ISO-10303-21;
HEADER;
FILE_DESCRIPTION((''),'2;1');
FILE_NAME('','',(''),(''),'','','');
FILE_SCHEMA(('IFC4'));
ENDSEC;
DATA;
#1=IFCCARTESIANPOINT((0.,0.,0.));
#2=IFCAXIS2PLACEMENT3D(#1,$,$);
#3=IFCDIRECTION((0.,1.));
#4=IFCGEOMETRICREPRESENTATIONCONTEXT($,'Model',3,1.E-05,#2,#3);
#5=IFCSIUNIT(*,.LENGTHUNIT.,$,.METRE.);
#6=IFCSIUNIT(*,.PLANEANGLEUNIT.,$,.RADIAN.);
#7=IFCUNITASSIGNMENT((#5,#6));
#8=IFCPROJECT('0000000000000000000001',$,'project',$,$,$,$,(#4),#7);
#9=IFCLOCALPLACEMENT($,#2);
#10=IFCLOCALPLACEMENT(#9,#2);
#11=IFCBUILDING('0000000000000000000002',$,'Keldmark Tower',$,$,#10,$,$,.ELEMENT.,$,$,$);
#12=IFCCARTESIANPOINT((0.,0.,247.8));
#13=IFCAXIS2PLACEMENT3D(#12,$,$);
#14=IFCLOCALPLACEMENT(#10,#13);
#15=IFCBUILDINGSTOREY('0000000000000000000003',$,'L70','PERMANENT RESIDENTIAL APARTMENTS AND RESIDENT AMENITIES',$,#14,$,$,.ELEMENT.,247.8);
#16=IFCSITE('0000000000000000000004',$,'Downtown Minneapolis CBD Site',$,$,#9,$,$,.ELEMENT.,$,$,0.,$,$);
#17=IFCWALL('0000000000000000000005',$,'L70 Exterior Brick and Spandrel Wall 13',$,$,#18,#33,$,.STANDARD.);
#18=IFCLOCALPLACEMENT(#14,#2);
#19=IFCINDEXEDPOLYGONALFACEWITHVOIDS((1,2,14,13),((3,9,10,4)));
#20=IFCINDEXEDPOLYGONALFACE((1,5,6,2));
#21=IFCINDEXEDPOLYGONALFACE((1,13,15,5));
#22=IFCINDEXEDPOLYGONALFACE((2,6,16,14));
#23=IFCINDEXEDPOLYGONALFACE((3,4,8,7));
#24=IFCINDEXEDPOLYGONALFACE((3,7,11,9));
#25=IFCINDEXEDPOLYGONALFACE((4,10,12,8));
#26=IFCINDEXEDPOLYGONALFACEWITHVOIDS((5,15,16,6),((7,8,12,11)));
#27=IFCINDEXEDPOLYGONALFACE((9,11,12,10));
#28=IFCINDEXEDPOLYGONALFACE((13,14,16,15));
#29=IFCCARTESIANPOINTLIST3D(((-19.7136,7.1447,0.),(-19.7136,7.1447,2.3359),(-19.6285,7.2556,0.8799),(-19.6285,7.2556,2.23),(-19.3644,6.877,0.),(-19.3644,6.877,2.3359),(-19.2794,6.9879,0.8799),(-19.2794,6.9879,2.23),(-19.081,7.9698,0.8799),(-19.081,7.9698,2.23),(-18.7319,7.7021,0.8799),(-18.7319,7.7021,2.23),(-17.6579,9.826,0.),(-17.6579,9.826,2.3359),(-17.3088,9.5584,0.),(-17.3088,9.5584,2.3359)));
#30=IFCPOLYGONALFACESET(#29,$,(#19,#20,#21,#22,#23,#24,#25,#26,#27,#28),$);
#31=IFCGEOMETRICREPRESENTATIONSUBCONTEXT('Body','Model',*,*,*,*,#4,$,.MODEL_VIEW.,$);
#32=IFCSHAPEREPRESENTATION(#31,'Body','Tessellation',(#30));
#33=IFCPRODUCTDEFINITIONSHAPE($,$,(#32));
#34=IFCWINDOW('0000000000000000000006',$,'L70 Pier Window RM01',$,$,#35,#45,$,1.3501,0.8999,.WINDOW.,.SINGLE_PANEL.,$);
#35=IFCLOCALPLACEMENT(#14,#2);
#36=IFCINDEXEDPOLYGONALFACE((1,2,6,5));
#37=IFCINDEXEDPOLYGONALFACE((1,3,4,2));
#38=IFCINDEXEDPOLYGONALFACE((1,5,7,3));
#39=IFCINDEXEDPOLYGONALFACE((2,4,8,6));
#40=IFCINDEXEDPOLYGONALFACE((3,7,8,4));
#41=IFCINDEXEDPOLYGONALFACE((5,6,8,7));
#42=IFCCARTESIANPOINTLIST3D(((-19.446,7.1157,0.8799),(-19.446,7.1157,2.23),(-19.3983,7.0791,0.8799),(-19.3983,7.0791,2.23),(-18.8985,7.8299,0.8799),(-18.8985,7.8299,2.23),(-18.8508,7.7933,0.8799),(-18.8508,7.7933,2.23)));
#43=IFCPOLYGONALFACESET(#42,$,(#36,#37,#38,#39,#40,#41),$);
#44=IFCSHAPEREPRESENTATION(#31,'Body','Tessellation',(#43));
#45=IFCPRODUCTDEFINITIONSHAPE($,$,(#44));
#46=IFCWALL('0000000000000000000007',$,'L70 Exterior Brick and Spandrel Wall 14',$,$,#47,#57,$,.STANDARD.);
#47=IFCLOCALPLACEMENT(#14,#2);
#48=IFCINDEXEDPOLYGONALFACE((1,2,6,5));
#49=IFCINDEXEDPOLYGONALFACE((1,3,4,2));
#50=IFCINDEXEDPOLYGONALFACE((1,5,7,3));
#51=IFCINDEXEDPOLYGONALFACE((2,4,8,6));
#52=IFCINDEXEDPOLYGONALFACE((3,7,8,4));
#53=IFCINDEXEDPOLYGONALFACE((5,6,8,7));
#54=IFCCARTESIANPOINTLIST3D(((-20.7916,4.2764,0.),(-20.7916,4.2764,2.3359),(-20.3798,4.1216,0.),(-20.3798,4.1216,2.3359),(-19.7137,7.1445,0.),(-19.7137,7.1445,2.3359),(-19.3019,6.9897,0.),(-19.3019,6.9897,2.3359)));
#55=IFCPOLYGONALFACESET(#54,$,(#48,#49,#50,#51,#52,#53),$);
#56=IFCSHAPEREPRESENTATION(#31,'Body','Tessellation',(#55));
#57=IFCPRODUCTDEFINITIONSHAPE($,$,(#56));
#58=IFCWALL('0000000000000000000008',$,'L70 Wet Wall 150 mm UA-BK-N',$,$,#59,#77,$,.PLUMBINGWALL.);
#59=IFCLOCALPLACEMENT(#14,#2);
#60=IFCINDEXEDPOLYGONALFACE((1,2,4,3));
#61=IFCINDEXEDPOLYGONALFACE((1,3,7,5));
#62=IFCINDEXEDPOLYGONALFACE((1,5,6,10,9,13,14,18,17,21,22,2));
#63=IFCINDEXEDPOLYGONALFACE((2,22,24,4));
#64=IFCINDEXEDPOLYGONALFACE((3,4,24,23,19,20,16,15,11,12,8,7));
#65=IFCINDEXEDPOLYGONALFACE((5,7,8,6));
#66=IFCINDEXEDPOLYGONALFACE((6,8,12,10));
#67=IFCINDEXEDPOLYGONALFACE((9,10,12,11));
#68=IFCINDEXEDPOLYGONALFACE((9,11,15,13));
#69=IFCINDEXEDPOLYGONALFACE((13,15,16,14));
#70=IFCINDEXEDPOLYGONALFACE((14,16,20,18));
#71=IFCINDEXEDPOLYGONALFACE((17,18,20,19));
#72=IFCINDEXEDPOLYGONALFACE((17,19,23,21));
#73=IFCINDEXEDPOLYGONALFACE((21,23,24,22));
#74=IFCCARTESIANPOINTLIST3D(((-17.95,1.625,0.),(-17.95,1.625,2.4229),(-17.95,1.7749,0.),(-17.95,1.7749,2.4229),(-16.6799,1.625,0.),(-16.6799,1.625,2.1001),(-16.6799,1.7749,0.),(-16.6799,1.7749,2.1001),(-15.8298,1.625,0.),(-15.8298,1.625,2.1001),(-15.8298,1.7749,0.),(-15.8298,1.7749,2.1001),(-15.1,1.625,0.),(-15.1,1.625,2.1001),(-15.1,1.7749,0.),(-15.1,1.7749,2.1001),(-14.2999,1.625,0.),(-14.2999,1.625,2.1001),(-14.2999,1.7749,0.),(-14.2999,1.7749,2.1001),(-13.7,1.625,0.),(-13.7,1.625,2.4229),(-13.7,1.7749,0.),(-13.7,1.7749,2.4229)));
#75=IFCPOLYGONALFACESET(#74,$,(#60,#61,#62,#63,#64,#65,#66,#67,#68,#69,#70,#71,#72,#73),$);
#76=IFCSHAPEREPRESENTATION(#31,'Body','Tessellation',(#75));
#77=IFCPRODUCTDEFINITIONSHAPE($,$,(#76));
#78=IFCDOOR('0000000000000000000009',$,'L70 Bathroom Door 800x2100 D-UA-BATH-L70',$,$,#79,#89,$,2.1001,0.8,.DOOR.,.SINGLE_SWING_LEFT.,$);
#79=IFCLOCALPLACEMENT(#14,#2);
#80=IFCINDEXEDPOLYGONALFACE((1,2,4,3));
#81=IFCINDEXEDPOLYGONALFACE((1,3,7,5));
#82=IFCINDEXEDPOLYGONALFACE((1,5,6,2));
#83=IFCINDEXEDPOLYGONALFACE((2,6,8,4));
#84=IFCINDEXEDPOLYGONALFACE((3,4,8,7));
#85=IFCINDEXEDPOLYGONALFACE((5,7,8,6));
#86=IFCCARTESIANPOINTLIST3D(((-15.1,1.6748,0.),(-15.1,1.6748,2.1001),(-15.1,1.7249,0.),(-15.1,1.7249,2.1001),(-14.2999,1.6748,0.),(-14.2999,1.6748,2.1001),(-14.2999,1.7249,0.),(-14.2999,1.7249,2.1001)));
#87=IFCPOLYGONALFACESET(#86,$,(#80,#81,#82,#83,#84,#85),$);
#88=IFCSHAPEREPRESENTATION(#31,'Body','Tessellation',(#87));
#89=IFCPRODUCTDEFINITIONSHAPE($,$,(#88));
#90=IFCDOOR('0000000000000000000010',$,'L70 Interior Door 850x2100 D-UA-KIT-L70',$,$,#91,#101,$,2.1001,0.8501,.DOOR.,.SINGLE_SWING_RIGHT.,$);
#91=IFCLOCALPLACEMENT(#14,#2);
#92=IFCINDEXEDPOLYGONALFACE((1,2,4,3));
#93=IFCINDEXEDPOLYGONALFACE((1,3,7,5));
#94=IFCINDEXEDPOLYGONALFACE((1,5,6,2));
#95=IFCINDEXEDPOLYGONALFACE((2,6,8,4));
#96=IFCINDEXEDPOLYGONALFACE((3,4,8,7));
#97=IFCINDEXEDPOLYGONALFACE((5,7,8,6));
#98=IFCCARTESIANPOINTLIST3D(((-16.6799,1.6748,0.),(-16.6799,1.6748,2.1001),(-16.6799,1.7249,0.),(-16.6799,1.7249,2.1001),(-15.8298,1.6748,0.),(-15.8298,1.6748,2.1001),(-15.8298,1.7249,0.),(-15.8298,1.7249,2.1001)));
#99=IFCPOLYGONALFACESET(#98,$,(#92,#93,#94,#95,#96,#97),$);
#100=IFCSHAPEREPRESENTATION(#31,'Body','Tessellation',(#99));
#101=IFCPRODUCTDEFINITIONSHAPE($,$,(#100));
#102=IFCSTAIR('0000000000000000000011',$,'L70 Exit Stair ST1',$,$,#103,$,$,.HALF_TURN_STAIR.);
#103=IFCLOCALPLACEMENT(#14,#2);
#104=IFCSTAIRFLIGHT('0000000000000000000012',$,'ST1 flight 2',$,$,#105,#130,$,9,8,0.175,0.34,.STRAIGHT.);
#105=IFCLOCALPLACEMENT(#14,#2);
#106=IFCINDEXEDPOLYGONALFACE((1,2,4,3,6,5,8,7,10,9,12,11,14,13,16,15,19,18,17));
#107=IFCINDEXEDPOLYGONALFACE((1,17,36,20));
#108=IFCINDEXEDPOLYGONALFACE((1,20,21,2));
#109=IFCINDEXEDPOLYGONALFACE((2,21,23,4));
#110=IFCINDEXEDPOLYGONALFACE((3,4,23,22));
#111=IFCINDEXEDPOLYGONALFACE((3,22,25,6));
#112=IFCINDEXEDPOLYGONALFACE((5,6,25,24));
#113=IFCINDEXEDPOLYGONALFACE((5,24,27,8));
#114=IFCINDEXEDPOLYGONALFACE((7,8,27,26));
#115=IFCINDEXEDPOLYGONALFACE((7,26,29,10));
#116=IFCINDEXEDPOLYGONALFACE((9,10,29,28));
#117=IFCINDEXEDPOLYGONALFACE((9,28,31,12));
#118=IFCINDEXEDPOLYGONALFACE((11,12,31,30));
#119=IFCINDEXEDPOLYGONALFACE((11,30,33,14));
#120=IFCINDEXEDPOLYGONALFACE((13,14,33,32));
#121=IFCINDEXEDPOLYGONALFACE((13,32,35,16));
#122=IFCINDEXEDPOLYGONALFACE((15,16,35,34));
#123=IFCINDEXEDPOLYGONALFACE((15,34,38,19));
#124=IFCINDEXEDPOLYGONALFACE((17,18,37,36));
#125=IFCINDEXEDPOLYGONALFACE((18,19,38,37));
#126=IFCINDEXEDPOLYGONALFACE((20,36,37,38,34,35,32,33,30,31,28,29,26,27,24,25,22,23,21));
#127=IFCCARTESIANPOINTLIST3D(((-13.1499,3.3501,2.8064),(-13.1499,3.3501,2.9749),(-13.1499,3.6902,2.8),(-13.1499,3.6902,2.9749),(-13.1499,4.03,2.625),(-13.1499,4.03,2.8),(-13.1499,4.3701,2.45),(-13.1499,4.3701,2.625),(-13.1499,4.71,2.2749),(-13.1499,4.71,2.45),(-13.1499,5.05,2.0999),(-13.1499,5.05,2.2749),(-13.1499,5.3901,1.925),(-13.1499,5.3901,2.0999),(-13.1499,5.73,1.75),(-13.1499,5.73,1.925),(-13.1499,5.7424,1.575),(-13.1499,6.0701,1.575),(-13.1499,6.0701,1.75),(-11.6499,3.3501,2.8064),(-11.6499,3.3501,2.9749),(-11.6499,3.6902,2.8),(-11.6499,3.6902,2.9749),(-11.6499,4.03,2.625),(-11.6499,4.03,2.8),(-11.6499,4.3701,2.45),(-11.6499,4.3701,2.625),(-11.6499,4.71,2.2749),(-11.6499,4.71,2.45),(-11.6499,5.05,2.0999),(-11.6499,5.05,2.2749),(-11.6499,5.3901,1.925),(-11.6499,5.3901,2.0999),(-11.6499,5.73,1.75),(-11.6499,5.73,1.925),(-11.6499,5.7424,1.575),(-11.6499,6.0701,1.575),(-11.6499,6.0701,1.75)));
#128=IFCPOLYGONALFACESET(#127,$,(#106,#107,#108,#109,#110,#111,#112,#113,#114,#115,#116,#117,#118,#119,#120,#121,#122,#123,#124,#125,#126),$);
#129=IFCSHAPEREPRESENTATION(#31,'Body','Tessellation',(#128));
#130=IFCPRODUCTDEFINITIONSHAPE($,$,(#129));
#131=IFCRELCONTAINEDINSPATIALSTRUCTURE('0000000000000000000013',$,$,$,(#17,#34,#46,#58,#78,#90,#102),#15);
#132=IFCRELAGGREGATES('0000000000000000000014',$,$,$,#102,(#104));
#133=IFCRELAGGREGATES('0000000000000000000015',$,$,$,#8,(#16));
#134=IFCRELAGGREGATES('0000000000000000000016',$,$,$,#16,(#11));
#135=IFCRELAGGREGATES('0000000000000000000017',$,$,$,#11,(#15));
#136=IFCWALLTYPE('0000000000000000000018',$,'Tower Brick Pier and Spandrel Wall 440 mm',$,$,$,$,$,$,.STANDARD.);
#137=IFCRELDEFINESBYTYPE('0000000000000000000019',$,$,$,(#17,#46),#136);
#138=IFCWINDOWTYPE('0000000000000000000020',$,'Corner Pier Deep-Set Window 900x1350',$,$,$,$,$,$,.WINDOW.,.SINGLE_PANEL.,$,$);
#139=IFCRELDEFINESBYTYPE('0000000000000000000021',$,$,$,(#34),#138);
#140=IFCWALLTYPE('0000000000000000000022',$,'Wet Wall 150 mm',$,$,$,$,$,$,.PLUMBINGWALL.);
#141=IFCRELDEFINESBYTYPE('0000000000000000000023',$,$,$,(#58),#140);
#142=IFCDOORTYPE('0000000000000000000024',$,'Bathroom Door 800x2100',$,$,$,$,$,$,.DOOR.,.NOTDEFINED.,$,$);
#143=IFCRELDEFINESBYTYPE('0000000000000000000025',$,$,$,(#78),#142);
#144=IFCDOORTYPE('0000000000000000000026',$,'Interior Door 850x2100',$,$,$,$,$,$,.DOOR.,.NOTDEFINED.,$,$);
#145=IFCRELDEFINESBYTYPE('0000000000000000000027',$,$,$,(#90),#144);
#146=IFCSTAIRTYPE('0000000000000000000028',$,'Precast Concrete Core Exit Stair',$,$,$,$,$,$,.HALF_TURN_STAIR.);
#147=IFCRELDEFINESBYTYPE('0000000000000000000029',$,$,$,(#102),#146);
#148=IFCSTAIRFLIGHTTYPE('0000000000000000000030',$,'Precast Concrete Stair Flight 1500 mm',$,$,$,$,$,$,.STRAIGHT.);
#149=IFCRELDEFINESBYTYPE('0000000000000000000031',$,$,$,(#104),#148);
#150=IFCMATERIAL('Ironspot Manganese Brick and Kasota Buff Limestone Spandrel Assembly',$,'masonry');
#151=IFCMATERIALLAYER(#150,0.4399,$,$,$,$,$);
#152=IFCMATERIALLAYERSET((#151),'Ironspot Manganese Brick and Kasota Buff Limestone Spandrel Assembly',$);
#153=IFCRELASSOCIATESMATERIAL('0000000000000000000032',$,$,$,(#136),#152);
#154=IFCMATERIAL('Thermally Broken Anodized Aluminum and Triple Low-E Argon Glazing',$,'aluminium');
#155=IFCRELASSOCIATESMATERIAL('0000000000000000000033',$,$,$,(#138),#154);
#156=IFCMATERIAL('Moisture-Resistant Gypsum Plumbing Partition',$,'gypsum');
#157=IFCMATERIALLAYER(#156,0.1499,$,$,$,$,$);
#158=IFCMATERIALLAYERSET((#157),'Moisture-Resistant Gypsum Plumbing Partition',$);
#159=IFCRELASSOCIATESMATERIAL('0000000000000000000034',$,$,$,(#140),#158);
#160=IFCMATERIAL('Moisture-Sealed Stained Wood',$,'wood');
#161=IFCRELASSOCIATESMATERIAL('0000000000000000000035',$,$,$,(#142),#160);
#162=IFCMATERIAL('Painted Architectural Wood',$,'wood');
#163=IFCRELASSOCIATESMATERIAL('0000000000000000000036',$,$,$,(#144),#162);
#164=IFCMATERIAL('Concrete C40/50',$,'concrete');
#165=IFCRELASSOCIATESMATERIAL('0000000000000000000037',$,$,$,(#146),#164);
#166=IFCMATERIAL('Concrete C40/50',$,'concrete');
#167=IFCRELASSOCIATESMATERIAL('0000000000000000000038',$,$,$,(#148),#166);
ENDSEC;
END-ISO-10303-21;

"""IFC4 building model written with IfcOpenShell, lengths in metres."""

from ifc_helpers import new_model, si_unit, direction, frame, frame_2d, origin, place, context, subcontext, project, spatial, polyline, rectangle, outline, extrude, material, layer, layer_set, type_object, element, fill, aggregate, save


model = new_model("IFC4")

# Units and contexts
model_context = context("Model", 3, precision=1e-05, world=origin(), true_north=direction((0.0, 1.0)))
body_context = subcontext(model_context, "Body", "Model", "MODEL_VIEW")
ifc_project = project(units=[si_unit("LENGTHUNIT", "METRE"), si_unit("PLANEANGLEUNIT", "RADIAN")], contexts=[model_context])

# Site, building, storey
site_placement = place(None, origin())
site = spatial("IfcSite", under=ifc_project, at=site_placement, Name="Downtown Minneapolis CBD Site", CompositionType="ELEMENT", RefElevation=0.0)
building_placement = place(site_placement, origin())
building = spatial("IfcBuilding", under=site, at=building_placement, Name="Keldmark Tower", CompositionType="ELEMENT")
storey_placement = place(building_placement, frame((0.0, 0.0, 247.8)))
storey = spatial("IfcBuildingStorey", under=building, at=storey_placement, Name="L70", Description="PERMANENT RESIDENTIAL APARTMENTS AND RESIDENT AMENITIES", CompositionType="ELEMENT", Elevation=247.8)

# Wall, opening, window
ifc_material_1 = material(Name="Ironspot Manganese Brick and Kasota Buff Limestone Spandrel Assembly", Category="masonry")
ifc_layer_1 = layer(ifc_material_1, 0.4399)
ifc_layer_set_1 = layer_set([ifc_layer_1], Name="Ironspot Manganese Brick and Kasota Buff Limestone Spandrel Assembly")
wall_type_1 = type_object("IfcWallType", Name="Tower Brick Pier and Spandrel Wall 440 mm", PredefinedType="STANDARD", material=ifc_layer_set_1)
wall_1_placement = place(storey_placement, frame((-19.5391, 7.0107, 0.0), z_axis=(0.0, 0.0, 1.0), x_axis=(0.608418, 0.793617, 0.0)))
wall_1 = element("IfcWall", 1, at=wall_1_placement, inside=storey, type_object=wall_type_1, Name="L70 Exterior Brick and Spandrel Wall 13", PredefinedType="STANDARD", context=body_context, shape_type="SweptSolid", body=[
    extrude(rectangle(XDim=3.3787, YDim=0.4399, at=frame_2d((1.6895, 0.0))), origin(), (0.0, 0.0, 1.0), 2.3359),
])
opening_1_placement = place(wall_1_placement, frame((0.1399, 0.0, 0.8799)))
opening_1 = element("IfcOpeningElement", 2, at=opening_1_placement, cuts=wall_1, PredefinedType="OPENING", context=body_context, shape_type="SweptSolid", body=[
    extrude(rectangle(XDim=0.8999, YDim=1.3501, at=frame_2d((0.45, 0.675))), frame((0.0, 0.23, 0.0), z_axis=(0.0, -1.0, 0.0), x_axis=(1.0, 0.0, 0.0)), (0.0, 0.0, 1.0), 0.46),
])
ifc_material_2 = material(Name="Thermally Broken Anodized Aluminum and Triple Low-E Argon Glazing", Category="aluminium")
window_type = type_object("IfcWindowType", Name="Corner Pier Deep-Set Window 900x1350", PartitioningType="SINGLE_PANEL", PredefinedType="WINDOW", material=ifc_material_2)
window_placement = place(opening_1_placement, origin())
window = element("IfcWindow", 3, at=window_placement, inside=storey, type_object=window_type, Name="L70 Pier Window RM01", OverallHeight=1.3501, OverallWidth=0.8999, PartitioningType="SINGLE_PANEL", PredefinedType="WINDOW", context=body_context, shape_type="SweptSolid", body=[
    extrude(rectangle(XDim=0.8999, YDim=1.3501, at=frame_2d((0.45, 0.675))), frame((0.0, -0.01, 0.0), z_axis=(0.0, -1.0, 0.0), x_axis=(1.0, 0.0, 0.0)), (0.0, 0.0, 1.0), 0.0601),
])
fill(opening_1, window)

# Wall
wall_2_placement = place(storey_placement, frame((-20.5857, 4.199, 0.0), z_axis=(0.0, 0.0, 1.0), x_axis=(0.351787, 0.93608, 0.0)))
element("IfcWall", 4, at=wall_2_placement, inside=storey, type_object=wall_type_1, Name="L70 Exterior Brick and Spandrel Wall 14", PredefinedType="STANDARD", context=body_context, shape_type="SweptSolid", body=[
    extrude(rectangle(XDim=3.064, YDim=0.4399, at=frame_2d((1.532, 0.0))), origin(), (0.0, 0.0, 1.0), 2.3359),
])

# Wall, openings, doors
ifc_material_3 = material(Name="Moisture-Resistant Gypsum Plumbing Partition", Category="gypsum")
ifc_layer_2 = layer(ifc_material_3, 0.1499)
ifc_layer_set_2 = layer_set([ifc_layer_2], Name="Moisture-Resistant Gypsum Plumbing Partition")
wall_type_2 = type_object("IfcWallType", Name="Wet Wall 150 mm", PredefinedType="PLUMBINGWALL", material=ifc_layer_set_2)
wall_3_placement = place(storey_placement, frame((-17.95, 1.7, 0.0), z_axis=(0.0, 0.0, 1.0), x_axis=(1.0, 0.0, 0.0)))
wall_3 = element("IfcWall", 5, at=wall_3_placement, inside=storey, type_object=wall_type_2, Name="L70 Wet Wall 150 mm UA-BK-N", PredefinedType="PLUMBINGWALL", context=body_context, shape_type="SweptSolid", body=[
    extrude(rectangle(XDim=4.25, YDim=0.1499, at=frame_2d((2.125, 0.0))), origin(), (0.0, 0.0, 1.0), 2.4229),
])
opening_2_placement = place(wall_3_placement, frame((2.8501, 0.0, 0.0)))
opening_2 = element("IfcOpeningElement", 6, at=opening_2_placement, cuts=wall_3, PredefinedType="OPENING", context=body_context, shape_type="SweptSolid", body=[
    extrude(rectangle(XDim=0.8, YDim=2.1001, at=frame_2d((0.3999, 1.05))), frame((0.0, 0.085, 0.0), z_axis=(0.0, -1.0, 0.0), x_axis=(1.0, 0.0, 0.0)), (0.0, 0.0, 1.0), 0.1699),
])
opening_3_placement = place(wall_3_placement, frame((1.27, 0.0, 0.0)))
opening_3 = element("IfcOpeningElement", 7, at=opening_3_placement, cuts=wall_3, PredefinedType="OPENING", context=body_context, shape_type="SweptSolid", body=[
    extrude(rectangle(XDim=0.8501, YDim=2.1001, at=frame_2d((0.425, 1.05))), frame((0.0, 0.085, 0.0), z_axis=(0.0, -1.0, 0.0), x_axis=(1.0, 0.0, 0.0)), (0.0, 0.0, 1.0), 0.1699),
])
ifc_material_4 = material(Name="Moisture-Sealed Stained Wood", Category="wood")
door_type_1 = type_object("IfcDoorType", Name="Bathroom Door 800x2100", OperationType="NOTDEFINED", PredefinedType="DOOR", material=ifc_material_4)
door_1_placement = place(opening_2_placement, origin())
door_1 = element("IfcDoor", 8, at=door_1_placement, inside=storey, type_object=door_type_1, Name="L70 Bathroom Door 800x2100 D-UA-BATH-L70", OperationType="SINGLE_SWING_LEFT", OverallHeight=2.1001, OverallWidth=0.8, PredefinedType="DOOR", context=body_context, shape_type="SweptSolid", body=[
    extrude(rectangle(XDim=0.8, YDim=2.1001, at=frame_2d((0.3999, 1.05))), frame((0.0, 0.0249, 0.0), z_axis=(0.0, -1.0, 0.0), x_axis=(1.0, 0.0, 0.0)), (0.0, 0.0, 1.0), 0.05),
])
fill(opening_2, door_1)
ifc_material_5 = material(Name="Painted Architectural Wood", Category="wood")
door_type_2 = type_object("IfcDoorType", Name="Interior Door 850x2100", OperationType="NOTDEFINED", PredefinedType="DOOR", material=ifc_material_5)
door_2_placement = place(opening_3_placement, origin())
door_2 = element("IfcDoor", 9, at=door_2_placement, inside=storey, type_object=door_type_2, Name="L70 Interior Door 850x2100 D-UA-KIT-L70", OperationType="SINGLE_SWING_RIGHT", OverallHeight=2.1001, OverallWidth=0.8501, PredefinedType="DOOR", context=body_context, shape_type="SweptSolid", body=[
    extrude(rectangle(XDim=0.8501, YDim=2.1001, at=frame_2d((0.425, 1.05))), frame((0.0, 0.0249, 0.0), z_axis=(0.0, -1.0, 0.0), x_axis=(1.0, 0.0, 0.0)), (0.0, 0.0, 1.0), 0.05),
])
fill(opening_3, door_2)

# Stair, stair flight
ifc_material_6 = material(Name="Concrete C40/50", Category="concrete")
stair_type = type_object("IfcStairType", Name="Precast Concrete Core Exit Stair", PredefinedType="HALF_TURN_STAIR", material=ifc_material_6)
stair_placement = place(storey_placement, origin())
stair = element("IfcStair", 10, at=stair_placement, inside=storey, type_object=stair_type, Name="L70 Exit Stair ST1", PredefinedType="HALF_TURN_STAIR")
ifc_material_7 = material(Name="Concrete C40/50", Category="concrete")
stair_flight_type = type_object("IfcStairFlightType", Name="Precast Concrete Stair Flight 1500 mm", PredefinedType="STRAIGHT", material=ifc_material_7)
stair_flight_placement = place(storey_placement, frame((-12.3999, 6.0701, 1.575), z_axis=(0.0, 0.0, 1.0), x_axis=(0.0, -1.0, 0.0)))
stair_flight = element("IfcStairFlight", 11, at=stair_flight_placement, type_object=stair_flight_type, Name="ST1 flight 2", NumberOfRisers=9, NumberOfTreads=8, PredefinedType="STRAIGHT", RiserHeight=0.175, TreadLength=0.34, context=body_context, shape_type="SweptSolid", body=[
    extrude(outline(polyline([(0.0, 0.0), (0.0, 0.175), (0.3401, 0.175), (0.3401, 0.3501), (0.6799, 0.3501), (0.6799, 0.5249), (1.02, 0.5249), (1.02, 0.7), (1.3601, 0.7), (1.3601, 0.875), (1.7, 0.875), (1.7, 1.05), (2.04, 1.05), (2.04, 1.2251), (2.3799, 1.2251), (2.3799, 1.3999), (2.72, 1.3999), (2.72, 1.575), (2.72, 1.2314), (0.3276, 0.0), (0.0, 0.0)])), frame((0.0, 0.75, 0.0), z_axis=(0.0, -1.0, 0.0), x_axis=(1.0, 0.0, 0.0)), (0.0, 0.0, 1.0), 1.5),
])
aggregate(stair, [stair_flight])

save(model, "model.ifc")
